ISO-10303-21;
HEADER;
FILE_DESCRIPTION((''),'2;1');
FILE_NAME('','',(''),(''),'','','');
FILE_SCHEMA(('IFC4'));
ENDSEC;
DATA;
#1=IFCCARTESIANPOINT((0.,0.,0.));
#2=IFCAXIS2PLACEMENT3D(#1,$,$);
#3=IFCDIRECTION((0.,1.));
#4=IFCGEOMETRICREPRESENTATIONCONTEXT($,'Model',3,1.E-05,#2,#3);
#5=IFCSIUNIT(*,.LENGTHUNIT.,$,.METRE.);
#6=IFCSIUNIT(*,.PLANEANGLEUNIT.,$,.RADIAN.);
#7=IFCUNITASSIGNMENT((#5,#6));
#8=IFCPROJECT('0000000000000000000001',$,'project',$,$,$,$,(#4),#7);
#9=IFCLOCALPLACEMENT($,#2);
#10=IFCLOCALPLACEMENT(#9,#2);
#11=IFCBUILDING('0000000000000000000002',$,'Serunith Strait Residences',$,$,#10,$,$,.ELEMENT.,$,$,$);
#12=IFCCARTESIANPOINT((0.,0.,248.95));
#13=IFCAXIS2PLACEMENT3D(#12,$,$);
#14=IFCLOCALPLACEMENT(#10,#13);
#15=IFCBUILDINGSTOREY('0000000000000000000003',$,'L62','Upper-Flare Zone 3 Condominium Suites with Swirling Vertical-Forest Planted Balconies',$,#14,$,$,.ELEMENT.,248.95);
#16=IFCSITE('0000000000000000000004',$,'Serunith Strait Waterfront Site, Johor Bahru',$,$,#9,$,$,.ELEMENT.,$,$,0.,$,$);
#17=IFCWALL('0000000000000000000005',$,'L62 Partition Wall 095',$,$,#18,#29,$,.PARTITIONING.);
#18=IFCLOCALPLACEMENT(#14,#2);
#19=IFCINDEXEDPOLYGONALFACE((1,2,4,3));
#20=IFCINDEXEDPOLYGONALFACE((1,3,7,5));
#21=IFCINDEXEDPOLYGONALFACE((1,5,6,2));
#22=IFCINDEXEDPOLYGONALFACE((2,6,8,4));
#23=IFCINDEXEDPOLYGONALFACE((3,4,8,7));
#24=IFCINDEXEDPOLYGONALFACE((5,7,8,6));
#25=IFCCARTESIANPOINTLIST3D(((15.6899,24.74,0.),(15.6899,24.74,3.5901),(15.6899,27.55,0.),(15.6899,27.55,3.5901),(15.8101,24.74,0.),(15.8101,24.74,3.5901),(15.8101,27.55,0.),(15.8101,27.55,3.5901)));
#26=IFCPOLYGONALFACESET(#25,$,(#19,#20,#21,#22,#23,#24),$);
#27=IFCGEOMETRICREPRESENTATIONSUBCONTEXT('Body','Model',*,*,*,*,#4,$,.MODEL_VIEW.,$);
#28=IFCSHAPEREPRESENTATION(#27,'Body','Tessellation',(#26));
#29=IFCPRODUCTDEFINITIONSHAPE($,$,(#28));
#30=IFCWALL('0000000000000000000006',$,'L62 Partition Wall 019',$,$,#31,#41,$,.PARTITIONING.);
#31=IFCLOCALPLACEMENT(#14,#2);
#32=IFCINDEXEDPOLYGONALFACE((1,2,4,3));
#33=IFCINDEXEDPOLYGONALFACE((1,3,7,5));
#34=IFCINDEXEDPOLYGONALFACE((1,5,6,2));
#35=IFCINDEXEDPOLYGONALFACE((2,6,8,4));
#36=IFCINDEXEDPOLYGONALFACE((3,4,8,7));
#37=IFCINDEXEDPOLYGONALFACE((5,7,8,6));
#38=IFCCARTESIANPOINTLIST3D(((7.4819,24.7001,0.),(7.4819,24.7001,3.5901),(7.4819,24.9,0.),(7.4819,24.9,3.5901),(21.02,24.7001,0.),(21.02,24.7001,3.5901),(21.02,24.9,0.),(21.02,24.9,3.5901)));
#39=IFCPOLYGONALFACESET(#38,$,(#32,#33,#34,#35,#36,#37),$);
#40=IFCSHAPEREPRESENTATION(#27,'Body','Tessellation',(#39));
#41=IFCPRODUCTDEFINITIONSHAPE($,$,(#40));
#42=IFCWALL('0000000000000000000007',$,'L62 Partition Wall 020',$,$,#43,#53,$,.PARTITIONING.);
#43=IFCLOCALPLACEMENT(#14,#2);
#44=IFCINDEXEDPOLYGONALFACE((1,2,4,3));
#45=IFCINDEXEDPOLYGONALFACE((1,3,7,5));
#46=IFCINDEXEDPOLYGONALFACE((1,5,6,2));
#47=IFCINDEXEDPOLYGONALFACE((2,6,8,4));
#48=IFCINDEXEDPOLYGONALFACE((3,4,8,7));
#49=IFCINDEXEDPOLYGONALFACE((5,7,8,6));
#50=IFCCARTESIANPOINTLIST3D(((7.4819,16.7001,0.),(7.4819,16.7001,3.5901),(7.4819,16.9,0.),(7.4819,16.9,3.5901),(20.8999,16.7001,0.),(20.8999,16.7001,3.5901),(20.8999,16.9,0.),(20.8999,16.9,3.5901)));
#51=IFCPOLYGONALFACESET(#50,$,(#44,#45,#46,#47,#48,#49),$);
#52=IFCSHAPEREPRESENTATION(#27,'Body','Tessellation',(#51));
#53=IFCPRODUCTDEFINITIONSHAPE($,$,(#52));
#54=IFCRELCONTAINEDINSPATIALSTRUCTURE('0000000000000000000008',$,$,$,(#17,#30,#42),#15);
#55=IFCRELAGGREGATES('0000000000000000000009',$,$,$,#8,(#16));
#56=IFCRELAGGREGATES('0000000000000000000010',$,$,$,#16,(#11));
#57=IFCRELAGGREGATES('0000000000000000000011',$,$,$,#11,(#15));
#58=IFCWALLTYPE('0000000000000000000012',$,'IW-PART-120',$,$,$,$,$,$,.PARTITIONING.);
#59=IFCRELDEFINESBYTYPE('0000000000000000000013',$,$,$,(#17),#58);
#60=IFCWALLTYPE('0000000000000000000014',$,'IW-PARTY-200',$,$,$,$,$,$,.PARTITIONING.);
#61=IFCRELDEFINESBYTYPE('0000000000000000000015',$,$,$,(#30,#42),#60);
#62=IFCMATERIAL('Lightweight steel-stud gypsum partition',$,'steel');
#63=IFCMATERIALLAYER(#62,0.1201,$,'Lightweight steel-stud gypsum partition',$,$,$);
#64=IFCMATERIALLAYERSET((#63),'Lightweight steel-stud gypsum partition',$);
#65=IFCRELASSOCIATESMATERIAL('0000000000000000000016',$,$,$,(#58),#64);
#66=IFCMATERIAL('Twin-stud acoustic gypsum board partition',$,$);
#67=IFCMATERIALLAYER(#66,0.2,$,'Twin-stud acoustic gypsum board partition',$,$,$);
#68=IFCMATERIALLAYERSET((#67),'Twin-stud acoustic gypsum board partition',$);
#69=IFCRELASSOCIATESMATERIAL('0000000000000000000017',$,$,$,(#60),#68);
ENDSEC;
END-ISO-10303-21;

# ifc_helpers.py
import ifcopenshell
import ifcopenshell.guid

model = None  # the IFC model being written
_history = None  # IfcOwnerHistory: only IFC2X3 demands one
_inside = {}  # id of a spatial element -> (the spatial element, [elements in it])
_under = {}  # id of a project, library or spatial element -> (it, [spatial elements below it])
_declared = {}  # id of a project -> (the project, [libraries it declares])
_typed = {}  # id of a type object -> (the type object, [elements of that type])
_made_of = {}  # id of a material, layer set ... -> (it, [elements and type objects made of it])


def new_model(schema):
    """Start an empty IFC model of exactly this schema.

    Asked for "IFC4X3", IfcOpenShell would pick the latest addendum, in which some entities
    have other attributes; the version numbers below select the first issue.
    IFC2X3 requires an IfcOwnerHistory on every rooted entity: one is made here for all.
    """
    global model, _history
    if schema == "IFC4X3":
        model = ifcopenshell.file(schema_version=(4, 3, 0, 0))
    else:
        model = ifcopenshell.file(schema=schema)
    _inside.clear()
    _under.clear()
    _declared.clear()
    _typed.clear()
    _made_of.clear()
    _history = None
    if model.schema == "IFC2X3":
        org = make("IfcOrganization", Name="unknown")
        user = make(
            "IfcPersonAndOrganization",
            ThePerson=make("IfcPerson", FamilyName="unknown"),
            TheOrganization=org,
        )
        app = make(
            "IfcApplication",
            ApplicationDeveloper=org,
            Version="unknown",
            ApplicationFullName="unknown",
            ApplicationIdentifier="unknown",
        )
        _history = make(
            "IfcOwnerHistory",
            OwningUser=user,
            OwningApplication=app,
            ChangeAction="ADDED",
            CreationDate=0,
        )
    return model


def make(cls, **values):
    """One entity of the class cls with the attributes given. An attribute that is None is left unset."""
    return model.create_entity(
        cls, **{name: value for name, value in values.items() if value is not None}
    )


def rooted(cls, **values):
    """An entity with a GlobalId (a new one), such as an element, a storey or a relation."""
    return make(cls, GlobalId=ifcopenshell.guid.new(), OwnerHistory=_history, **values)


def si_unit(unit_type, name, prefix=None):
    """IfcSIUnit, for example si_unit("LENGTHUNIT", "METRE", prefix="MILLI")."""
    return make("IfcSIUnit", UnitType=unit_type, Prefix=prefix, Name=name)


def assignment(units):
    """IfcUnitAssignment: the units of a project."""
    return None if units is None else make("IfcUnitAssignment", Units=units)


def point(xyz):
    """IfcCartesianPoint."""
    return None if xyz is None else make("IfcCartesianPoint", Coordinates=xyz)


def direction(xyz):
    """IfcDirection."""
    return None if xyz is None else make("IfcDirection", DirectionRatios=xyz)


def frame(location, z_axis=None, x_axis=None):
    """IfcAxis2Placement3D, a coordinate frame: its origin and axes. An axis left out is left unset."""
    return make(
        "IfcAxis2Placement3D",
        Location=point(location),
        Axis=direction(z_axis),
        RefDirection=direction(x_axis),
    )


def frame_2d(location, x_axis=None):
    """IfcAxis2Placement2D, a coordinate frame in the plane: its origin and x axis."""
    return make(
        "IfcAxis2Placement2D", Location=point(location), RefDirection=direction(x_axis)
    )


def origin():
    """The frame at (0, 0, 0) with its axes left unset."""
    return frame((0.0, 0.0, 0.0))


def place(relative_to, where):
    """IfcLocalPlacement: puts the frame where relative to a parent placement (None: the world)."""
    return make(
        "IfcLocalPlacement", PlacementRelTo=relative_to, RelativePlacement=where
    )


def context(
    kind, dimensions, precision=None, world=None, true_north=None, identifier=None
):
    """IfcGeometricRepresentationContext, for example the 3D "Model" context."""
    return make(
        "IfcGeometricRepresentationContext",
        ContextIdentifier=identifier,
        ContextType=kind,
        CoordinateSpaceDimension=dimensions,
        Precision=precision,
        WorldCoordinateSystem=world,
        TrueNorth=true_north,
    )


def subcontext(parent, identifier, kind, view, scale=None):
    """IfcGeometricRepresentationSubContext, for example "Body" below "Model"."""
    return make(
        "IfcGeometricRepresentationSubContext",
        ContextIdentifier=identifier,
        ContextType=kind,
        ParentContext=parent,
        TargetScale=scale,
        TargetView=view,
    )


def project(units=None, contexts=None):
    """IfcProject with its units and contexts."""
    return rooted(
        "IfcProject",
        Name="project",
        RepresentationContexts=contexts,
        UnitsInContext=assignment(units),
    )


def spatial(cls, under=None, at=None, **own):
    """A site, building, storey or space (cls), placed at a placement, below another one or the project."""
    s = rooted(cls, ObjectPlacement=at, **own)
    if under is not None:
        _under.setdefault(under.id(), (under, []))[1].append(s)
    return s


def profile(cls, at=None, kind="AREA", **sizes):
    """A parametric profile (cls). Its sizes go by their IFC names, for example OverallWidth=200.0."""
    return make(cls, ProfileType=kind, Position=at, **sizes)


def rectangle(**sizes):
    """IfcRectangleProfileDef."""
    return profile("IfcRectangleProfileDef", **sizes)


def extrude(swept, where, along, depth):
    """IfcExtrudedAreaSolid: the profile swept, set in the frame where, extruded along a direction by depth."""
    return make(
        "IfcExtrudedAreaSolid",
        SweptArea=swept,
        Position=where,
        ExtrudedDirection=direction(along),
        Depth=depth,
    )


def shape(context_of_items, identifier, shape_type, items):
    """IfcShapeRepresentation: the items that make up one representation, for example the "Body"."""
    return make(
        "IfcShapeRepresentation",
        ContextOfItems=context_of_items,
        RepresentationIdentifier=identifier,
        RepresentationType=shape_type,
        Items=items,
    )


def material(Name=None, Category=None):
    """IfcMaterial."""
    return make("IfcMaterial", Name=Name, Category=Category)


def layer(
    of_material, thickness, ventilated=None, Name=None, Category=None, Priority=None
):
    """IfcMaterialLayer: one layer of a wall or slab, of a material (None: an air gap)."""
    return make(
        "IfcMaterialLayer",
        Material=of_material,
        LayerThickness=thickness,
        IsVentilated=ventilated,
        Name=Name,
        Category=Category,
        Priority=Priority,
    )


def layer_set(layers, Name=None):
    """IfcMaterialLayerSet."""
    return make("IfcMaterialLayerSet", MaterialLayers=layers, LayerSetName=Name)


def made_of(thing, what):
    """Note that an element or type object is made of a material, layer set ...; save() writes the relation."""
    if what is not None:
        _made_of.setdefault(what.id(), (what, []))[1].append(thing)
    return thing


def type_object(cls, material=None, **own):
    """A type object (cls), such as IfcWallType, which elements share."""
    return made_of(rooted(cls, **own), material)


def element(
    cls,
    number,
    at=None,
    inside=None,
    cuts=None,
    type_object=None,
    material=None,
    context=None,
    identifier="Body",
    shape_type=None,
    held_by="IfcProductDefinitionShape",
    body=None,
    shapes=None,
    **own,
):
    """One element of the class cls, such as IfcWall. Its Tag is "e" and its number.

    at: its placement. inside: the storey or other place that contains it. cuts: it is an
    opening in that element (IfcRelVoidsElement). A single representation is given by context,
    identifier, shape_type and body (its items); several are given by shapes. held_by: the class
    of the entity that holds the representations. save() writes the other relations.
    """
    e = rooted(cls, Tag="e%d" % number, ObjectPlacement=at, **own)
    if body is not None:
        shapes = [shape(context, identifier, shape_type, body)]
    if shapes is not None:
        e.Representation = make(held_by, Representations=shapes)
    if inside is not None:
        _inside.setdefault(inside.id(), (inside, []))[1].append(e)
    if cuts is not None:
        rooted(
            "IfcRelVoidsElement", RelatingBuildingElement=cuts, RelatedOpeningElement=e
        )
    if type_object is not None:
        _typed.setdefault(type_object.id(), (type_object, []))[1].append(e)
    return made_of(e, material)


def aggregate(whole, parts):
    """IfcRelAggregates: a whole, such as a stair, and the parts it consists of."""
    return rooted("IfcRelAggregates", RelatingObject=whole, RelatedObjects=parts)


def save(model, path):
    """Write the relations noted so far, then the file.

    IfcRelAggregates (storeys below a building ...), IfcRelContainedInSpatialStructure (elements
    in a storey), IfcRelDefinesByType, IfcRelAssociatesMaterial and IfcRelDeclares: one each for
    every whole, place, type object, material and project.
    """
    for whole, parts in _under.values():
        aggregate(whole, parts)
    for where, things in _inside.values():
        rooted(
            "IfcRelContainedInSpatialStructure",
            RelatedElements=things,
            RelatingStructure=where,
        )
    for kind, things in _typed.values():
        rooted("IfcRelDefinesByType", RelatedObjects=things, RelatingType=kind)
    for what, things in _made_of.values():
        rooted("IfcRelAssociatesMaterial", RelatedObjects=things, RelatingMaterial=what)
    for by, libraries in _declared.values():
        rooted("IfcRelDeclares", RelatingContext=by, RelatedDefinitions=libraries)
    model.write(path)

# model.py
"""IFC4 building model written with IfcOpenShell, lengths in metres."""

from ifc_helpers import new_model, si_unit, direction, frame, frame_2d, origin, place, context, subcontext, project, spatial, rectangle, extrude, material, layer, layer_set, type_object, element, save


model = new_model("IFC4")

# Units and contexts
model_context = context("Model", 3, precision=1e-05, world=origin(), true_north=direction((0.0, 1.0)))
body_context = subcontext(model_context, "Body", "Model", "MODEL_VIEW")
ifc_project = project(units=[si_unit("LENGTHUNIT", "METRE"), si_unit("PLANEANGLEUNIT", "RADIAN")], contexts=[model_context])

# Site, building, storey
site_placement = place(None, origin())
site = spatial("IfcSite", under=ifc_project, at=site_placement, Name="Serunith Strait Waterfront Site, Johor Bahru", CompositionType="ELEMENT", RefElevation=0.0)
building_placement = place(site_placement, origin())
building = spatial("IfcBuilding", under=site, at=building_placement, Name="Serunith Strait Residences", CompositionType="ELEMENT")
storey_placement = place(building_placement, frame((0.0, 0.0, 248.95)))
storey = spatial("IfcBuildingStorey", under=building, at=storey_placement, Name="L62", Description="Upper-Flare Zone 3 Condominium Suites with Swirling Vertical-Forest Planted Balconies", CompositionType="ELEMENT", Elevation=248.95)

# Shared definitions
ifc_material_1 = material(Name="Lightweight steel-stud gypsum partition", Category="steel")
ifc_layer_1 = layer(ifc_material_1, 0.1201, Name="Lightweight steel-stud gypsum partition")
ifc_layer_set_1 = layer_set([ifc_layer_1], Name="Lightweight steel-stud gypsum partition")
wall_type_1 = type_object("IfcWallType", Name="IW-PART-120", PredefinedType="PARTITIONING", material=ifc_layer_set_1)

# Walls
wall_1_placement = place(storey_placement, frame((15.75, 24.74, 0.0), z_axis=(0.0, 0.0, 1.0), x_axis=(0.0, 1.0, 0.0)))
element("IfcWall", 1, at=wall_1_placement, inside=storey, type_object=wall_type_1, Name="L62 Partition Wall 095", PredefinedType="PARTITIONING", context=body_context, shape_type="SweptSolid", body=[
    extrude(rectangle(XDim=2.8101, YDim=0.1201, at=frame_2d((1.405, 0.0))), origin(), (0.0, 0.0, 1.0), 3.5901),
])
ifc_material_2 = material(Name="Twin-stud acoustic gypsum board partition")
ifc_layer_2 = layer(ifc_material_2, 0.2, Name="Twin-stud acoustic gypsum board partition")
ifc_layer_set_2 = layer_set([ifc_layer_2], Name="Twin-stud acoustic gypsum board partition")
wall_type_2 = type_object("IfcWallType", Name="IW-PARTY-200", PredefinedType="PARTITIONING", material=ifc_layer_set_2)
wall_2_placement = place(storey_placement, frame((7.4819, 24.8, 0.0), z_axis=(0.0, 0.0, 1.0), x_axis=(1.0, 0.0, 0.0)))
element("IfcWall", 2, at=wall_2_placement, inside=storey, type_object=wall_type_2, Name="L62 Partition Wall 019", PredefinedType="PARTITIONING", context=body_context, shape_type="SweptSolid", body=[
    extrude(rectangle(XDim=13.5381, YDim=0.2, at=frame_2d((6.769, 0.0))), origin(), (0.0, 0.0, 1.0), 3.5901),
])
wall_3_placement = place(storey_placement, frame((7.4819, 16.8, 0.0), z_axis=(0.0, 0.0, 1.0), x_axis=(1.0, 0.0, 0.0)))
element("IfcWall", 3, at=wall_3_placement, inside=storey, type_object=wall_type_2, Name="L62 Partition Wall 020", PredefinedType="PARTITIONING", context=body_context, shape_type="SweptSolid", body=[
    extrude(rectangle(XDim=13.418, YDim=0.2, at=frame_2d((6.709, 0.0))), origin(), (0.0, 0.0, 1.0), 3.5901),
])

save(model, "model.ifc")
